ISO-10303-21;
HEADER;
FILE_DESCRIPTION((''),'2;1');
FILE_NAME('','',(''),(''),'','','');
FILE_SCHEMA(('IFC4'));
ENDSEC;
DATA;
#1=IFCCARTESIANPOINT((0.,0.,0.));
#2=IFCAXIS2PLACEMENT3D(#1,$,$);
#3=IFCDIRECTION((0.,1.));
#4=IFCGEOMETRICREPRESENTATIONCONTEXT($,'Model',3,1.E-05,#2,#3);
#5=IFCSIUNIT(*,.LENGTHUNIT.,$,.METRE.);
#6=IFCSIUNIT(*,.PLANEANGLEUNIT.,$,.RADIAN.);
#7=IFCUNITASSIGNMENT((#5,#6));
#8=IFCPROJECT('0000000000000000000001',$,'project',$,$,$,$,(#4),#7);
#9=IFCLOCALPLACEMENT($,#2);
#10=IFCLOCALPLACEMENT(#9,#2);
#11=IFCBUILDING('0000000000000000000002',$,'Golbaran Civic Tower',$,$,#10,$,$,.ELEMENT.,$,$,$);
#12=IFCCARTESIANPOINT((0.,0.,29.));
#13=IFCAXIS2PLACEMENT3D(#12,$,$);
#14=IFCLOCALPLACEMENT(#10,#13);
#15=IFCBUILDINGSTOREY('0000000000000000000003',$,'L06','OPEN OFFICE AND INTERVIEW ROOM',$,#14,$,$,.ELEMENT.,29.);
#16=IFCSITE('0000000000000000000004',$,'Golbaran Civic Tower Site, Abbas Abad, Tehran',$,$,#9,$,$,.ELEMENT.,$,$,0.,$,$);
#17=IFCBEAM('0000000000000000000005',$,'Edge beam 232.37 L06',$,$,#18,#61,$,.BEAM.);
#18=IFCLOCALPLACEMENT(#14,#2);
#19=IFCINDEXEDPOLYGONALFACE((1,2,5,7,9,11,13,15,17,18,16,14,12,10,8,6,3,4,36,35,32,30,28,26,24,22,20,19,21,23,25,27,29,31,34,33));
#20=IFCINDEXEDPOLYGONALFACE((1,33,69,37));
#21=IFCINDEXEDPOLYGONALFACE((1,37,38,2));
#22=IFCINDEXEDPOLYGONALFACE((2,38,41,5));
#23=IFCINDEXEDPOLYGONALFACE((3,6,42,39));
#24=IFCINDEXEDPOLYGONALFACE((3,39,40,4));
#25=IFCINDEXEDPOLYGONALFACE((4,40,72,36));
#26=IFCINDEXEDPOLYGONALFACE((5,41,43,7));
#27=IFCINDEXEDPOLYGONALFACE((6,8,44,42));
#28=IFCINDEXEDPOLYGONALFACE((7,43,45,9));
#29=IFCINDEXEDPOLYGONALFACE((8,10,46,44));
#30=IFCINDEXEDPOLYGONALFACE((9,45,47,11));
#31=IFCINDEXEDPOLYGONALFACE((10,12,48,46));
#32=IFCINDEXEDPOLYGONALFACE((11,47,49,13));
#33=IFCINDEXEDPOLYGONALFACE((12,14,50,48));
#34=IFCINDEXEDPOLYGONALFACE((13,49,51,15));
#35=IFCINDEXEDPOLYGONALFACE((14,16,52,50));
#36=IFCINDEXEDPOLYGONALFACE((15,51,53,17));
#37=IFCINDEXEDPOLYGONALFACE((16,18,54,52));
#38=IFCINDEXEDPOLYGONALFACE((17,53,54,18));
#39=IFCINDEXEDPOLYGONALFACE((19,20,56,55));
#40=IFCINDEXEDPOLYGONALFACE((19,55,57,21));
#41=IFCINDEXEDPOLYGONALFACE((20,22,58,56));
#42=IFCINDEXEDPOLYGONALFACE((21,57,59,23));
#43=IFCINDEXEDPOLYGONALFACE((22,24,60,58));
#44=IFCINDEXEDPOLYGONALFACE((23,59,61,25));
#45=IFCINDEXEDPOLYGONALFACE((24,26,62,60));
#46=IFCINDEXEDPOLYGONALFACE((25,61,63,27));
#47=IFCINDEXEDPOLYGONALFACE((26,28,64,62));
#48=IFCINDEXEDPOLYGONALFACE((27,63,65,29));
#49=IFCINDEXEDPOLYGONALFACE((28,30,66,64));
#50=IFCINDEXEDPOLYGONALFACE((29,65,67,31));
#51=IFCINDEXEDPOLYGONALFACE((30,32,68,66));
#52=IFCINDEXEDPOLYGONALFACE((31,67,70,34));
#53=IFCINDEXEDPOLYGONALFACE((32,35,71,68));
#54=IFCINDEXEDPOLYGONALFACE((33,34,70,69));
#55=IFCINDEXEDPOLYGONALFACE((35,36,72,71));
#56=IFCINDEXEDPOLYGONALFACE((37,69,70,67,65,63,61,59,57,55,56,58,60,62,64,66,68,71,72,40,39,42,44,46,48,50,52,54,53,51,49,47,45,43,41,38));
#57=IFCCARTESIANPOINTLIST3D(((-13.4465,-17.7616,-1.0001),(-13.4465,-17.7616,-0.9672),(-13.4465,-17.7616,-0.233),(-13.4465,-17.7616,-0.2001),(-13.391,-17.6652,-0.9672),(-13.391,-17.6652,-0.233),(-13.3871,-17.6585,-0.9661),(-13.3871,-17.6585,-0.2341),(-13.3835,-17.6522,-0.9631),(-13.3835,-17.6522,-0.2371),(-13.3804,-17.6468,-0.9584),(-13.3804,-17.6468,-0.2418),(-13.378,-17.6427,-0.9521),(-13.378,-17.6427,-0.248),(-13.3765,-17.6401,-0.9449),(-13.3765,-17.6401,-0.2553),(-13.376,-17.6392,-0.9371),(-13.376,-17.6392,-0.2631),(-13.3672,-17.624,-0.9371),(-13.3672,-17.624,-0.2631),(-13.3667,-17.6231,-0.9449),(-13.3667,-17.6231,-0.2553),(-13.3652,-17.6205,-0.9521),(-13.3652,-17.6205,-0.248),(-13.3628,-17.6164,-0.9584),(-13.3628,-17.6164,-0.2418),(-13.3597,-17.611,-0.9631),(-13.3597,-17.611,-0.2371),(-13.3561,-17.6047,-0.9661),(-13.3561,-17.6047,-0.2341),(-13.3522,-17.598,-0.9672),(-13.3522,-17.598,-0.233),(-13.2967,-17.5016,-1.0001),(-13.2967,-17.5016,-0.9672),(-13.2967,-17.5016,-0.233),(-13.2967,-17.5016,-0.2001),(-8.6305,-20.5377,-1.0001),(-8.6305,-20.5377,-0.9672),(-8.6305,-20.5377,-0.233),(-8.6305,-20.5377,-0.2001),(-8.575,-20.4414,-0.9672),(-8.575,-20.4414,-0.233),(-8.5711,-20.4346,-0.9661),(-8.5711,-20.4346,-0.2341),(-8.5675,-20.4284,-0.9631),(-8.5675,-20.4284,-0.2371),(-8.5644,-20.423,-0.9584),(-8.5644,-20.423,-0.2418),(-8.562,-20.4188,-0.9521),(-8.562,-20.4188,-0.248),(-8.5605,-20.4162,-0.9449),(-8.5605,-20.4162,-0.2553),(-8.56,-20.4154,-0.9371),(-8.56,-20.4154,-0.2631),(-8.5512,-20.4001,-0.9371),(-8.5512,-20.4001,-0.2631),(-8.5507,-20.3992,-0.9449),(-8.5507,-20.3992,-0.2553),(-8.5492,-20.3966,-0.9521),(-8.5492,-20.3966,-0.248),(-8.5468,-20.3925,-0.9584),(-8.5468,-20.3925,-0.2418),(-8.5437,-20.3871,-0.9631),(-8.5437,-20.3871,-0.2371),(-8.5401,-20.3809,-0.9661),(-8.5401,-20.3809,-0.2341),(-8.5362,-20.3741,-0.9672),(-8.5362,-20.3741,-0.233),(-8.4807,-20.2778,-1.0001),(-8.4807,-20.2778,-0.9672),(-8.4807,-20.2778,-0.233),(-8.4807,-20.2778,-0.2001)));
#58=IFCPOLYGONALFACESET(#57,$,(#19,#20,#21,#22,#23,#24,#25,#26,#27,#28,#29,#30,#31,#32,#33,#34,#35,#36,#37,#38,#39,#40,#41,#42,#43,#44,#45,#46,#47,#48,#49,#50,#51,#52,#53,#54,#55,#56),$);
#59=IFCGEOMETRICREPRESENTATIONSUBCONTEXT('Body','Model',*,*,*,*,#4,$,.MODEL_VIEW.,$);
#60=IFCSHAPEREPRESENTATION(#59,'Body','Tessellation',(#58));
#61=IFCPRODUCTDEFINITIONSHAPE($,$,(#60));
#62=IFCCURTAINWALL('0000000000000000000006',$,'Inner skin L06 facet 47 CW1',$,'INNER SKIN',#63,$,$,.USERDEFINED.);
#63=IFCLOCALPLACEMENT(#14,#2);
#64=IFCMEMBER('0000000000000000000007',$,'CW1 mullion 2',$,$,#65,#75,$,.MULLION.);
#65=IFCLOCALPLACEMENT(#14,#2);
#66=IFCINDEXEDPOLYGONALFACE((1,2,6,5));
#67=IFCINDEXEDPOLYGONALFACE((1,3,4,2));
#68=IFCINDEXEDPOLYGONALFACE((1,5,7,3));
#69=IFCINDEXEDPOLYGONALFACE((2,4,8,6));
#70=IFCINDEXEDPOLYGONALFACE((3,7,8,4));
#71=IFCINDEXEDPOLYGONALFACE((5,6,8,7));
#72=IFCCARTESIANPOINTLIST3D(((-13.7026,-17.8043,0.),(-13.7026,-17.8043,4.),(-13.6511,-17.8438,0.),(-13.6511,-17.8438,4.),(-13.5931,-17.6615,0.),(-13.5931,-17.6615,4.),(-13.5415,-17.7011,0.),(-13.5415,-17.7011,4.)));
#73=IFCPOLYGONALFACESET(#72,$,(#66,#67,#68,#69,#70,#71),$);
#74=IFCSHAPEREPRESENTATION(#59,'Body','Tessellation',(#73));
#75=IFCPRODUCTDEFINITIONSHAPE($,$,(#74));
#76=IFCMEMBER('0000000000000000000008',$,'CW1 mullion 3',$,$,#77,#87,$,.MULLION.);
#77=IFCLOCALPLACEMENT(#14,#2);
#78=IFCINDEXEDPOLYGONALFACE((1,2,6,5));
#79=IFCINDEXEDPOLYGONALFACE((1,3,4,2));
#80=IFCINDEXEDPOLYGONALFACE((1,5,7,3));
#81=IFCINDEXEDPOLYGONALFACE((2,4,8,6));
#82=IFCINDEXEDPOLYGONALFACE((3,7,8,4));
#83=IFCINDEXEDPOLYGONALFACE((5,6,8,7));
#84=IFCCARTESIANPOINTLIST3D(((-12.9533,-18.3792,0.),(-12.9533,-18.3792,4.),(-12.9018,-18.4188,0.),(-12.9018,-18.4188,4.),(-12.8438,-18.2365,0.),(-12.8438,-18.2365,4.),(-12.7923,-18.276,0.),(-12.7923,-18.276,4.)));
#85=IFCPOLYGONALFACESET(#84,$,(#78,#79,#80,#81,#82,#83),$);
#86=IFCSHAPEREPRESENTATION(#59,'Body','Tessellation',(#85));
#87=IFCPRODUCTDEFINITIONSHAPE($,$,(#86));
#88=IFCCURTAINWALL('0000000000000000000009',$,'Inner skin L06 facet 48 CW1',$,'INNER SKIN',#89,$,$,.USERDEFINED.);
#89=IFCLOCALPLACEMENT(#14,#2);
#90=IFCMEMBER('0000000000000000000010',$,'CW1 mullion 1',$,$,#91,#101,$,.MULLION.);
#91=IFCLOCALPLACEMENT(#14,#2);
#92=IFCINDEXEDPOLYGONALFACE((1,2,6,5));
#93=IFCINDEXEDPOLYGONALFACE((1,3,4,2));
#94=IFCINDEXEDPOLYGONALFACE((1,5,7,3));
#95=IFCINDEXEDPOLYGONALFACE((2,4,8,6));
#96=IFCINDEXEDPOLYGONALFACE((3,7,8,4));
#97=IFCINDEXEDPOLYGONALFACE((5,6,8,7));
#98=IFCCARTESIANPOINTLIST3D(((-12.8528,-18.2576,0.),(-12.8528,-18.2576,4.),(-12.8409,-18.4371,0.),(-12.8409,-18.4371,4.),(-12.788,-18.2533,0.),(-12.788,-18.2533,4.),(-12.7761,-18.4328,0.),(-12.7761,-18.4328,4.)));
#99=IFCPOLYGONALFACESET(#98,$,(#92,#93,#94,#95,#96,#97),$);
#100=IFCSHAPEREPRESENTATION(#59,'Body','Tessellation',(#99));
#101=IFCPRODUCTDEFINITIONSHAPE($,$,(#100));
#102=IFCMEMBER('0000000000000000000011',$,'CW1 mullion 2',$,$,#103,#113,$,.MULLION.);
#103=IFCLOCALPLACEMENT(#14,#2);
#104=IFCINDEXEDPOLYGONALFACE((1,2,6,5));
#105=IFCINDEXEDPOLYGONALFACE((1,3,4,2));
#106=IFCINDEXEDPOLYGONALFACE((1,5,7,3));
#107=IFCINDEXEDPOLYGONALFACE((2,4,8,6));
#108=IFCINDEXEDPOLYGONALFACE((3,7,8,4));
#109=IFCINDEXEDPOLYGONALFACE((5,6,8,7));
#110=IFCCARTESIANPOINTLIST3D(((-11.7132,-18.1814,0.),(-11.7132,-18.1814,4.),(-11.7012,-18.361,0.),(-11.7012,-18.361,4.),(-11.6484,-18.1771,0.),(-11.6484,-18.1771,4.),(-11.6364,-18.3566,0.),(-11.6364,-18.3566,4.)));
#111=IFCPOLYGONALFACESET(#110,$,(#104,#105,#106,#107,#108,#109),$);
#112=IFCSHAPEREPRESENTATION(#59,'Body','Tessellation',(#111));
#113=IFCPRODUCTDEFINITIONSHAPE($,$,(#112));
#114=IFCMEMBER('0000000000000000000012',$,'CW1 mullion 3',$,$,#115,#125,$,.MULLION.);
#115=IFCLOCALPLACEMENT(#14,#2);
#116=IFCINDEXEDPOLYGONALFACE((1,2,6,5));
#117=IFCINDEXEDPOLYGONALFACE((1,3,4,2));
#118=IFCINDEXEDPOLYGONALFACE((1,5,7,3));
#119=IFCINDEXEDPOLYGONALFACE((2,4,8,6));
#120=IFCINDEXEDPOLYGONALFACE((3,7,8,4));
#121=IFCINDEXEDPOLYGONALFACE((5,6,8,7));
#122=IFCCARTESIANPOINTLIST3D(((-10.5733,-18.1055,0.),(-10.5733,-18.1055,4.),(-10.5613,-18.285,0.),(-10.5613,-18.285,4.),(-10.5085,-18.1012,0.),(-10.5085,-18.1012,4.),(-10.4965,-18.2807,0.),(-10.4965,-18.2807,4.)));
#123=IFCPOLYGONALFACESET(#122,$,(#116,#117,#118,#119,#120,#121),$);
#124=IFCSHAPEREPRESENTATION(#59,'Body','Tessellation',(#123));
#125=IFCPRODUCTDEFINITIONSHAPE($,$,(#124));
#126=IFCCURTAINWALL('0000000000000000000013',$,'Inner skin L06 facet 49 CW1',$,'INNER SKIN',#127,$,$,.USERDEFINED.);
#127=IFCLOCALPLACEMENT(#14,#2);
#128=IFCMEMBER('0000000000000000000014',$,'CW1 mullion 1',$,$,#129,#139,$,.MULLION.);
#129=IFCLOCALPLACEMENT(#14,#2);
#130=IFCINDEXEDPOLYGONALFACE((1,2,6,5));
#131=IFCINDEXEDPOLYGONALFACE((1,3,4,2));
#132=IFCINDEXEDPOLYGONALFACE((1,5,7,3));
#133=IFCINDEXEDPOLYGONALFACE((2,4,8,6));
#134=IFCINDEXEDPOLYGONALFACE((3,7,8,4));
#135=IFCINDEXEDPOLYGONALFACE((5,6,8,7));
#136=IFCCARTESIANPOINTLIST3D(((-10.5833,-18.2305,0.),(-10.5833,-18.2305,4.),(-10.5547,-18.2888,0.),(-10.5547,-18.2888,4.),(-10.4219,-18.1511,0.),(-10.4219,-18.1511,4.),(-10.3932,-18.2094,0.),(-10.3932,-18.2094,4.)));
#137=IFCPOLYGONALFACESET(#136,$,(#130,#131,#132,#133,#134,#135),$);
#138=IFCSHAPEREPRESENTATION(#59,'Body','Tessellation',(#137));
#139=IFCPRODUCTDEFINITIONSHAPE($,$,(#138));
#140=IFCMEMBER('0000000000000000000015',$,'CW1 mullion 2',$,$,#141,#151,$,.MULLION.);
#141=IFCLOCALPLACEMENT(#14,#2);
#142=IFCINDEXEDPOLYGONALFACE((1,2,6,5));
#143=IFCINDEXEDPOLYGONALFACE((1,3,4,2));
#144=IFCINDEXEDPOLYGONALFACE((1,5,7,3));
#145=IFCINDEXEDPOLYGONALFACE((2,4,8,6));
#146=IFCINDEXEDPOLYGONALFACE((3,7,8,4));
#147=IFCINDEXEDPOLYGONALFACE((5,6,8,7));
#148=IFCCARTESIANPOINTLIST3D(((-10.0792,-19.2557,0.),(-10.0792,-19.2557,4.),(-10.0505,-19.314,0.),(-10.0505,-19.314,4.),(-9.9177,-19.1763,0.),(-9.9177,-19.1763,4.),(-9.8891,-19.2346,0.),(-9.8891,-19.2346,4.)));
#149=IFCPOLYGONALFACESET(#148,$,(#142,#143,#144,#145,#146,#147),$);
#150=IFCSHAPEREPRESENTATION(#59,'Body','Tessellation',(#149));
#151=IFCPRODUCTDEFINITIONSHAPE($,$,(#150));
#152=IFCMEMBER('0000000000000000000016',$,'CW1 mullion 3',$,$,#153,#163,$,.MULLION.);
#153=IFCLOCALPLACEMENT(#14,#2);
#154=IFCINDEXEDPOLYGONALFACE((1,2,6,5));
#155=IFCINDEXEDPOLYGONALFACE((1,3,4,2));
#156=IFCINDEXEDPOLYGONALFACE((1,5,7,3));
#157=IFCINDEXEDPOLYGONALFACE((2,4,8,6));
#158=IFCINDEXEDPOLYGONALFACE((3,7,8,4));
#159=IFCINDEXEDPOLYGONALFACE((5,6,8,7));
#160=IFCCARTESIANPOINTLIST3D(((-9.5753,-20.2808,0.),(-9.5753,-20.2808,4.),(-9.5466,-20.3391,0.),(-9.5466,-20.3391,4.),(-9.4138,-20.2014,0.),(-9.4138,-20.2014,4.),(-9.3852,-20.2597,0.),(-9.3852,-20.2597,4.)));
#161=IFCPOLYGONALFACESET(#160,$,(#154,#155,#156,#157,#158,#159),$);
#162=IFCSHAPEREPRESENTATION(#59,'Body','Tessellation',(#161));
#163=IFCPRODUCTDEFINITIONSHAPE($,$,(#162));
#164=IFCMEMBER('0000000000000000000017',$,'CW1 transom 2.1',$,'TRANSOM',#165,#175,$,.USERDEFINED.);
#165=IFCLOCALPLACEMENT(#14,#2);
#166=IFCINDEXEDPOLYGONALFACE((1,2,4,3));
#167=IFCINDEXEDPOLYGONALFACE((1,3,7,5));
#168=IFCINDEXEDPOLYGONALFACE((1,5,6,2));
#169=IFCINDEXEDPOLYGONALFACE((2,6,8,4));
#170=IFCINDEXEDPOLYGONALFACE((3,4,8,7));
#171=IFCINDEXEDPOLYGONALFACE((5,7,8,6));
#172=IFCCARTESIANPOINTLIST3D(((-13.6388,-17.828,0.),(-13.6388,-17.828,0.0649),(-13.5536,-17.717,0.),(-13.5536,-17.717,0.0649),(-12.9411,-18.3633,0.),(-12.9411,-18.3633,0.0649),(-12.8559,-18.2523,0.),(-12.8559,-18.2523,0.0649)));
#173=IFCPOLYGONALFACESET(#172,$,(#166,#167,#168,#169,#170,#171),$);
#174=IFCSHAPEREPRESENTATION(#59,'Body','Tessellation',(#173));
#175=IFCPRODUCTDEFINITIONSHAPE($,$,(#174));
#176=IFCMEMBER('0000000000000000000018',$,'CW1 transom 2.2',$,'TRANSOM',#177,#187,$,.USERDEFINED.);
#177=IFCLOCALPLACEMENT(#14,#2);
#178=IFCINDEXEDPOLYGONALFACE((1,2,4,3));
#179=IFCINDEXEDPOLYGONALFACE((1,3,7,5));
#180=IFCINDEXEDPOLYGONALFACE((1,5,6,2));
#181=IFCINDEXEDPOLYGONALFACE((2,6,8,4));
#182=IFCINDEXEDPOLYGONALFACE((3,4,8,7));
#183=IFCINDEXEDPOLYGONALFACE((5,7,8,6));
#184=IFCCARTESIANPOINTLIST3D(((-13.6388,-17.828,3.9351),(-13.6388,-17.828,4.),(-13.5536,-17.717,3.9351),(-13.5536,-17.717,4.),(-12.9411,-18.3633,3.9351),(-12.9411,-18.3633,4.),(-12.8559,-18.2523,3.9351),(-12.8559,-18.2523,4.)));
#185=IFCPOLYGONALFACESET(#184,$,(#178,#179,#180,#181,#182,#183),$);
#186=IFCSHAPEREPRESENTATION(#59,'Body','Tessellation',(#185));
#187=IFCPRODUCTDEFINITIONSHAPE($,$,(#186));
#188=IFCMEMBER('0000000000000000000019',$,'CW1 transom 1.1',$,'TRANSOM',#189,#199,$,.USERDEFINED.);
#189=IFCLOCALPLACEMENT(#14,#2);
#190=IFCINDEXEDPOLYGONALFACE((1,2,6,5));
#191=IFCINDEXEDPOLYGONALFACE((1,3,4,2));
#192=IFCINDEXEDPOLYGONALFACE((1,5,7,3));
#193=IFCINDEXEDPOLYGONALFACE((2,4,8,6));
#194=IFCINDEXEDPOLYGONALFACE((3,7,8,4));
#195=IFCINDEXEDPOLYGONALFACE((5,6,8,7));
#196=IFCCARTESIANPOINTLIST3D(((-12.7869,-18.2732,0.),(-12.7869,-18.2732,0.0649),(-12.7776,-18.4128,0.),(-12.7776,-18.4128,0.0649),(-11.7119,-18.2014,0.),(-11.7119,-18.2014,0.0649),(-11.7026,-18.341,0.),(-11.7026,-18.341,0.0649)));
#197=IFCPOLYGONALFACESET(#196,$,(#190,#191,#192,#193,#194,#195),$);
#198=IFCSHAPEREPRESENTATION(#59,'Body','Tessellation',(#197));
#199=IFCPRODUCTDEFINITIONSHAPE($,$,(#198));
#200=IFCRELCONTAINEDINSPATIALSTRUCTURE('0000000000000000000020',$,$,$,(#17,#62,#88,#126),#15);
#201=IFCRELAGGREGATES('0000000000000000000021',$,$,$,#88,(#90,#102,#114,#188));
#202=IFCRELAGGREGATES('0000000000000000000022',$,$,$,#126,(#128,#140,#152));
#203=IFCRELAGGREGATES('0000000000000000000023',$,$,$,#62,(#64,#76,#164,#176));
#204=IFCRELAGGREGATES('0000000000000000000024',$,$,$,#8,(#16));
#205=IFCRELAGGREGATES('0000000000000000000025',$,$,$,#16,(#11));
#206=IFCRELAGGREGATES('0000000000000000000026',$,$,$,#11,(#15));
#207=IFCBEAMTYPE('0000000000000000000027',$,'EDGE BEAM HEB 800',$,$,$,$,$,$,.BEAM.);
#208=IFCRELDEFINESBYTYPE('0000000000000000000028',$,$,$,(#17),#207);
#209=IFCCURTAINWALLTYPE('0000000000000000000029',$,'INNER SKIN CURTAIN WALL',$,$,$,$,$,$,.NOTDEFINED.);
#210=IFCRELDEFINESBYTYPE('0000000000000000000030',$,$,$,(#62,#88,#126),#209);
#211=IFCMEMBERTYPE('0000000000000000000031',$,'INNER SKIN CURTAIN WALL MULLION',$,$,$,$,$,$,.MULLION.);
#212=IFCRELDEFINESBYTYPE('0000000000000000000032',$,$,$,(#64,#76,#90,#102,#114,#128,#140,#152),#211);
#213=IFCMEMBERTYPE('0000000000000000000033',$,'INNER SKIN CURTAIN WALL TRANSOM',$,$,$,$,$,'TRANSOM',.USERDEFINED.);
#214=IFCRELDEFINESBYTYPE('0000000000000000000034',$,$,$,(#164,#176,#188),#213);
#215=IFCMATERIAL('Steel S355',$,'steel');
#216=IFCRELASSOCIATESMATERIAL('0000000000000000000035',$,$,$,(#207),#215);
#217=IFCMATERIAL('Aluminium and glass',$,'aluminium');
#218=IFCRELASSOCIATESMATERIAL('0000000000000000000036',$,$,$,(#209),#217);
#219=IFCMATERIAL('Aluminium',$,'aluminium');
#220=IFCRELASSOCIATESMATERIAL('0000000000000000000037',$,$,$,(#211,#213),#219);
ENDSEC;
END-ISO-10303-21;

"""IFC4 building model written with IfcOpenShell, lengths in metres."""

from ifc_helpers import new_model, si_unit, direction, frame, origin, origin_2d, place, context, subcontext, project, spatial, rectangle, i_section, extrude, material, material_profile, profile_set, type_object, element, aggregate, save


model = new_model("IFC4")

# Units and contexts
model_context = context("Model", 3, precision=1e-05, world=origin(), true_north=direction((0.0, 1.0)))
body_context = subcontext(model_context, "Body", "Model", "MODEL_VIEW")
ifc_project = project(units=[si_unit("LENGTHUNIT", "METRE"), si_unit("PLANEANGLEUNIT", "RADIAN")], contexts=[model_context])

# Site, building, storey
site_placement = place(None, origin())
site = spatial("IfcSite", under=ifc_project, at=site_placement, Name="Golbaran Civic Tower Site, Abbas Abad, Tehran", CompositionType="ELEMENT", RefElevation=0.0)
building_placement = place(site_placement, origin())
building = spatial("IfcBuilding", under=site, at=building_placement, Name="Golbaran Civic Tower", CompositionType="ELEMENT")
storey_placement = place(building_placement, frame((0.0, 0.0, 29.0)))
storey = spatial("IfcBuildingStorey", under=building, at=storey_placement, Name="L06", Description="OPEN OFFICE AND INTERVIEW ROOM", CompositionType="ELEMENT", Elevation=29.0)

# Beam
ifc_material_1 = material(Name="Steel S355", Category="steel")
ifc_material_profile_1 = material_profile(ifc_material_1, i_section(OverallWidth=0.3, OverallDepth=0.8, WebThickness=0.0176, FlangeThickness=0.033, FilletRadius=0.03, at=origin_2d()), Name="HEB 800")
ifc_profile_set_1 = profile_set([ifc_material_profile_1], Name="Steel S355")
beam_type = type_object("IfcBeamType", Name="EDGE BEAM HEB 800", PredefinedType="BEAM", material=ifc_profile_set_1)
beam_placement = place(storey_placement, frame((-13.3716, -17.6316, -0.6001), z_axis=(0.866364, -0.499413, 0.0), x_axis=(0.499413, 0.866364, 0.0)))
element("IfcBeam", 1, at=beam_placement, inside=storey, type_object=beam_type, Name="Edge beam 232.37 L06", PredefinedType="BEAM", context=body_context, shape_type="SweptSolid", body=[
    extrude(i_section(OverallWidth=0.3, OverallDepth=0.8, WebThickness=0.0176, FlangeThickness=0.033, FilletRadius=0.03, at=origin_2d()), origin(), (0.0, 0.0, 1.0), 5.5588),
])

# Curtain walls, members
ifc_material_2 = material(Name="Aluminium and glass", Category="aluminium")
curtain_wall_type = type_object("IfcCurtainWallType", Name="INNER SKIN CURTAIN WALL", PredefinedType="NOTDEFINED", material=ifc_material_2)
curtain_wall_1_placement = place(storey_placement, origin())
curtain_wall_1 = element("IfcCurtainWall", 2, at=curtain_wall_1_placement, inside=storey, type_object=curtain_wall_type, Name="Inner skin L06 facet 47 CW1", ObjectType="INNER SKIN", PredefinedType="USERDEFINED")
ifc_material_3 = material(Name="Aluminium", Category="aluminium")
ifc_material_profile_2 = material_profile(ifc_material_3, rectangle(XDim=0.1799, YDim=0.0649, at=origin_2d()), Name="INNER SKIN CURTAIN WALL MULLION")
ifc_profile_set_2 = profile_set([ifc_material_profile_2], Name="Aluminium")
member_type_1 = type_object("IfcMemberType", Name="INNER SKIN CURTAIN WALL MULLION", PredefinedType="MULLION", material=ifc_profile_set_2)
member_1_placement = place(storey_placement, frame((-13.6221, -17.7527, 0.0), z_axis=(0.0, 0.0, 1.0), x_axis=(0.608761, 0.793353, 0.0)))
member_1 = element("IfcMember", 3, at=member_1_placement, type_object=member_type_1, Name="CW1 mullion 2", PredefinedType="MULLION", context=body_context, shape_type="SweptSolid", body=[
    extrude(rectangle(XDim=0.1799, YDim=0.0649, at=origin_2d()), origin(), (0.0, 0.0, 1.0), 4.0),
])
member_2_placement = place(storey_placement, frame((-12.8728, -18.3276, 0.0), z_axis=(0.0, 0.0, 1.0), x_axis=(0.608761, 0.793353, 0.0)))
member_2 = element("IfcMember", 4, at=member_2_placement, type_object=member_type_1, Name="CW1 mullion 3", PredefinedType="MULLION", context=body_context, shape_type="SweptSolid", body=[
    extrude(rectangle(XDim=0.1799, YDim=0.0649, at=origin_2d()), origin(), (0.0, 0.0, 1.0), 4.0),
])
curtain_wall_2_placement = place(storey_placement, origin())
curtain_wall_2 = element("IfcCurtainWall", 5, at=curtain_wall_2_placement, inside=storey, type_object=curtain_wall_type, Name="Inner skin L06 facet 48 CW1", ObjectType="INNER SKIN", PredefinedType="USERDEFINED")
member_3_placement = place(storey_placement, frame((-12.8145, -18.3452, 0.0), z_axis=(0.0, 0.0, 1.0), x_axis=(-0.066606, 0.997779, 0.0)))
member_3 = element("IfcMember", 6, at=member_3_placement, type_object=member_type_1, Name="CW1 mullion 1", PredefinedType="MULLION", context=body_context, shape_type="SweptSolid", body=[
    extrude(rectangle(XDim=0.1799, YDim=0.0649, at=origin_2d()), origin(), (0.0, 0.0, 1.0), 4.0),
])
member_4_placement = place(storey_placement, frame((-11.6748, -18.269, 0.0), z_axis=(0.0, 0.0, 1.0), x_axis=(-0.066606, 0.997779, 0.0)))
member_4 = element("IfcMember", 7, at=member_4_placement, type_object=member_type_1, Name="CW1 mullion 2", PredefinedType="MULLION", context=body_context, shape_type="SweptSolid", body=[
    extrude(rectangle(XDim=0.1799, YDim=0.0649, at=origin_2d()), origin(), (0.0, 0.0, 1.0), 4.0),
])
member_5_placement = place(storey_placement, frame((-10.5349, -18.1931, 0.0), z_axis=(0.0, 0.0, 1.0), x_axis=(-0.066606, 0.997779, 0.0)))
member_5 = element("IfcMember", 8, at=member_5_placement, type_object=member_type_1, Name="CW1 mullion 3", PredefinedType="MULLION", context=body_context, shape_type="SweptSolid", body=[
    extrude(rectangle(XDim=0.1799, YDim=0.0649, at=origin_2d()), origin(), (0.0, 0.0, 1.0), 4.0),
])
curtain_wall_3_placement = place(storey_placement, origin())
curtain_wall_3 = element("IfcCurtainWall", 9, at=curtain_wall_3_placement, inside=storey, type_object=curtain_wall_type, Name="Inner skin L06 facet 49 CW1", ObjectType="INNER SKIN", PredefinedType="USERDEFINED")
member_6_placement = place(storey_placement, frame((-10.4883, -18.22, 0.0), z_axis=(0.0, 0.0, 1.0), x_axis=(0.897405, 0.441207, 0.0)))
member_6 = element("IfcMember", 10, at=member_6_placement, type_object=member_type_1, Name="CW1 mullion 1", PredefinedType="MULLION", context=body_context, shape_type="SweptSolid", body=[
    extrude(rectangle(XDim=0.1799, YDim=0.0649, at=origin_2d()), origin(), (0.0, 0.0, 1.0), 4.0),
])
member_7_placement = place(storey_placement, frame((-9.9841, -19.2451, 0.0), z_axis=(0.0, 0.0, 1.0), x_axis=(0.897405, 0.441207, 0.0)))
member_7 = element("IfcMember", 11, at=member_7_placement, type_object=member_type_1, Name="CW1 mullion 2", PredefinedType="MULLION", context=body_context, shape_type="SweptSolid", body=[
    extrude(rectangle(XDim=0.1799, YDim=0.0649, at=origin_2d()), origin(), (0.0, 0.0, 1.0), 4.0),
])
member_8_placement = place(storey_placement, frame((-9.4802, -20.2703, 0.0), z_axis=(0.0, 0.0, 1.0), x_axis=(0.897405, 0.441207, 0.0)))
member_8 = element("IfcMember", 12, at=member_8_placement, type_object=member_type_1, Name="CW1 mullion 3", PredefinedType="MULLION", context=body_context, shape_type="SweptSolid", body=[
    extrude(rectangle(XDim=0.1799, YDim=0.0649, at=origin_2d()), origin(), (0.0, 0.0, 1.0), 4.0),
])

# Members
ifc_material_profile_3 = material_profile(ifc_material_3, rectangle(XDim=0.1399, YDim=0.0649, at=origin_2d()), Name="INNER SKIN CURTAIN WALL TRANSOM")
ifc_profile_set_3 = profile_set([ifc_material_profile_3], Name="Aluminium")
member_type_2 = type_object("IfcMemberType", Name="INNER SKIN CURTAIN WALL TRANSOM", ElementType="TRANSOM", PredefinedType="USERDEFINED", material=ifc_profile_set_3)
member_9_placement = place(storey_placement, frame((-13.5962, -17.7725, 0.0325), z_axis=(0.793356, -0.608758, 0.0), x_axis=(0.608758, 0.793356, 0.0)))
member_9 = element("IfcMember", 13, at=member_9_placement, type_object=member_type_2, Name="CW1 transom 2.1", ObjectType="TRANSOM", PredefinedType="USERDEFINED", context=body_context, shape_type="SweptSolid", body=[
    extrude(rectangle(XDim=0.1399, YDim=0.0649, at=origin_2d()), origin(), (0.0, 0.0, 1.0), 0.8794),
])
member_10_placement = place(storey_placement, frame((-13.5962, -17.7725, 3.9675), z_axis=(0.793356, -0.608758, 0.0), x_axis=(0.608758, 0.793356, 0.0)))
member_10 = element("IfcMember", 14, at=member_10_placement, type_object=member_type_2, Name="CW1 transom 2.2", ObjectType="TRANSOM", PredefinedType="USERDEFINED", context=body_context, shape_type="SweptSolid", body=[
    extrude(rectangle(XDim=0.1399, YDim=0.0649, at=origin_2d()), origin(), (0.0, 0.0, 1.0), 0.8794),
])
member_11_placement = place(storey_placement, frame((-12.7822, -18.343, 0.0325), z_axis=(0.997778, 0.066624, 0.0), x_axis=(-0.066624, 0.997778, 0.0)))
member_11 = element("IfcMember", 15, at=member_11_placement, type_object=member_type_2, Name="CW1 transom 1.1", ObjectType="TRANSOM", PredefinedType="USERDEFINED", context=body_context, shape_type="SweptSolid", body=[
    extrude(rectangle(XDim=0.1399, YDim=0.0649, at=origin_2d()), origin(), (0.0, 0.0, 1.0), 1.0774),
])

aggregate(curtain_wall_2, [member_3, member_4, member_5, member_11])
aggregate(curtain_wall_3, [member_6, member_7, member_8])
aggregate(curtain_wall_1, [member_1, member_2, member_9, member_10])

save(model, "model.ifc")
